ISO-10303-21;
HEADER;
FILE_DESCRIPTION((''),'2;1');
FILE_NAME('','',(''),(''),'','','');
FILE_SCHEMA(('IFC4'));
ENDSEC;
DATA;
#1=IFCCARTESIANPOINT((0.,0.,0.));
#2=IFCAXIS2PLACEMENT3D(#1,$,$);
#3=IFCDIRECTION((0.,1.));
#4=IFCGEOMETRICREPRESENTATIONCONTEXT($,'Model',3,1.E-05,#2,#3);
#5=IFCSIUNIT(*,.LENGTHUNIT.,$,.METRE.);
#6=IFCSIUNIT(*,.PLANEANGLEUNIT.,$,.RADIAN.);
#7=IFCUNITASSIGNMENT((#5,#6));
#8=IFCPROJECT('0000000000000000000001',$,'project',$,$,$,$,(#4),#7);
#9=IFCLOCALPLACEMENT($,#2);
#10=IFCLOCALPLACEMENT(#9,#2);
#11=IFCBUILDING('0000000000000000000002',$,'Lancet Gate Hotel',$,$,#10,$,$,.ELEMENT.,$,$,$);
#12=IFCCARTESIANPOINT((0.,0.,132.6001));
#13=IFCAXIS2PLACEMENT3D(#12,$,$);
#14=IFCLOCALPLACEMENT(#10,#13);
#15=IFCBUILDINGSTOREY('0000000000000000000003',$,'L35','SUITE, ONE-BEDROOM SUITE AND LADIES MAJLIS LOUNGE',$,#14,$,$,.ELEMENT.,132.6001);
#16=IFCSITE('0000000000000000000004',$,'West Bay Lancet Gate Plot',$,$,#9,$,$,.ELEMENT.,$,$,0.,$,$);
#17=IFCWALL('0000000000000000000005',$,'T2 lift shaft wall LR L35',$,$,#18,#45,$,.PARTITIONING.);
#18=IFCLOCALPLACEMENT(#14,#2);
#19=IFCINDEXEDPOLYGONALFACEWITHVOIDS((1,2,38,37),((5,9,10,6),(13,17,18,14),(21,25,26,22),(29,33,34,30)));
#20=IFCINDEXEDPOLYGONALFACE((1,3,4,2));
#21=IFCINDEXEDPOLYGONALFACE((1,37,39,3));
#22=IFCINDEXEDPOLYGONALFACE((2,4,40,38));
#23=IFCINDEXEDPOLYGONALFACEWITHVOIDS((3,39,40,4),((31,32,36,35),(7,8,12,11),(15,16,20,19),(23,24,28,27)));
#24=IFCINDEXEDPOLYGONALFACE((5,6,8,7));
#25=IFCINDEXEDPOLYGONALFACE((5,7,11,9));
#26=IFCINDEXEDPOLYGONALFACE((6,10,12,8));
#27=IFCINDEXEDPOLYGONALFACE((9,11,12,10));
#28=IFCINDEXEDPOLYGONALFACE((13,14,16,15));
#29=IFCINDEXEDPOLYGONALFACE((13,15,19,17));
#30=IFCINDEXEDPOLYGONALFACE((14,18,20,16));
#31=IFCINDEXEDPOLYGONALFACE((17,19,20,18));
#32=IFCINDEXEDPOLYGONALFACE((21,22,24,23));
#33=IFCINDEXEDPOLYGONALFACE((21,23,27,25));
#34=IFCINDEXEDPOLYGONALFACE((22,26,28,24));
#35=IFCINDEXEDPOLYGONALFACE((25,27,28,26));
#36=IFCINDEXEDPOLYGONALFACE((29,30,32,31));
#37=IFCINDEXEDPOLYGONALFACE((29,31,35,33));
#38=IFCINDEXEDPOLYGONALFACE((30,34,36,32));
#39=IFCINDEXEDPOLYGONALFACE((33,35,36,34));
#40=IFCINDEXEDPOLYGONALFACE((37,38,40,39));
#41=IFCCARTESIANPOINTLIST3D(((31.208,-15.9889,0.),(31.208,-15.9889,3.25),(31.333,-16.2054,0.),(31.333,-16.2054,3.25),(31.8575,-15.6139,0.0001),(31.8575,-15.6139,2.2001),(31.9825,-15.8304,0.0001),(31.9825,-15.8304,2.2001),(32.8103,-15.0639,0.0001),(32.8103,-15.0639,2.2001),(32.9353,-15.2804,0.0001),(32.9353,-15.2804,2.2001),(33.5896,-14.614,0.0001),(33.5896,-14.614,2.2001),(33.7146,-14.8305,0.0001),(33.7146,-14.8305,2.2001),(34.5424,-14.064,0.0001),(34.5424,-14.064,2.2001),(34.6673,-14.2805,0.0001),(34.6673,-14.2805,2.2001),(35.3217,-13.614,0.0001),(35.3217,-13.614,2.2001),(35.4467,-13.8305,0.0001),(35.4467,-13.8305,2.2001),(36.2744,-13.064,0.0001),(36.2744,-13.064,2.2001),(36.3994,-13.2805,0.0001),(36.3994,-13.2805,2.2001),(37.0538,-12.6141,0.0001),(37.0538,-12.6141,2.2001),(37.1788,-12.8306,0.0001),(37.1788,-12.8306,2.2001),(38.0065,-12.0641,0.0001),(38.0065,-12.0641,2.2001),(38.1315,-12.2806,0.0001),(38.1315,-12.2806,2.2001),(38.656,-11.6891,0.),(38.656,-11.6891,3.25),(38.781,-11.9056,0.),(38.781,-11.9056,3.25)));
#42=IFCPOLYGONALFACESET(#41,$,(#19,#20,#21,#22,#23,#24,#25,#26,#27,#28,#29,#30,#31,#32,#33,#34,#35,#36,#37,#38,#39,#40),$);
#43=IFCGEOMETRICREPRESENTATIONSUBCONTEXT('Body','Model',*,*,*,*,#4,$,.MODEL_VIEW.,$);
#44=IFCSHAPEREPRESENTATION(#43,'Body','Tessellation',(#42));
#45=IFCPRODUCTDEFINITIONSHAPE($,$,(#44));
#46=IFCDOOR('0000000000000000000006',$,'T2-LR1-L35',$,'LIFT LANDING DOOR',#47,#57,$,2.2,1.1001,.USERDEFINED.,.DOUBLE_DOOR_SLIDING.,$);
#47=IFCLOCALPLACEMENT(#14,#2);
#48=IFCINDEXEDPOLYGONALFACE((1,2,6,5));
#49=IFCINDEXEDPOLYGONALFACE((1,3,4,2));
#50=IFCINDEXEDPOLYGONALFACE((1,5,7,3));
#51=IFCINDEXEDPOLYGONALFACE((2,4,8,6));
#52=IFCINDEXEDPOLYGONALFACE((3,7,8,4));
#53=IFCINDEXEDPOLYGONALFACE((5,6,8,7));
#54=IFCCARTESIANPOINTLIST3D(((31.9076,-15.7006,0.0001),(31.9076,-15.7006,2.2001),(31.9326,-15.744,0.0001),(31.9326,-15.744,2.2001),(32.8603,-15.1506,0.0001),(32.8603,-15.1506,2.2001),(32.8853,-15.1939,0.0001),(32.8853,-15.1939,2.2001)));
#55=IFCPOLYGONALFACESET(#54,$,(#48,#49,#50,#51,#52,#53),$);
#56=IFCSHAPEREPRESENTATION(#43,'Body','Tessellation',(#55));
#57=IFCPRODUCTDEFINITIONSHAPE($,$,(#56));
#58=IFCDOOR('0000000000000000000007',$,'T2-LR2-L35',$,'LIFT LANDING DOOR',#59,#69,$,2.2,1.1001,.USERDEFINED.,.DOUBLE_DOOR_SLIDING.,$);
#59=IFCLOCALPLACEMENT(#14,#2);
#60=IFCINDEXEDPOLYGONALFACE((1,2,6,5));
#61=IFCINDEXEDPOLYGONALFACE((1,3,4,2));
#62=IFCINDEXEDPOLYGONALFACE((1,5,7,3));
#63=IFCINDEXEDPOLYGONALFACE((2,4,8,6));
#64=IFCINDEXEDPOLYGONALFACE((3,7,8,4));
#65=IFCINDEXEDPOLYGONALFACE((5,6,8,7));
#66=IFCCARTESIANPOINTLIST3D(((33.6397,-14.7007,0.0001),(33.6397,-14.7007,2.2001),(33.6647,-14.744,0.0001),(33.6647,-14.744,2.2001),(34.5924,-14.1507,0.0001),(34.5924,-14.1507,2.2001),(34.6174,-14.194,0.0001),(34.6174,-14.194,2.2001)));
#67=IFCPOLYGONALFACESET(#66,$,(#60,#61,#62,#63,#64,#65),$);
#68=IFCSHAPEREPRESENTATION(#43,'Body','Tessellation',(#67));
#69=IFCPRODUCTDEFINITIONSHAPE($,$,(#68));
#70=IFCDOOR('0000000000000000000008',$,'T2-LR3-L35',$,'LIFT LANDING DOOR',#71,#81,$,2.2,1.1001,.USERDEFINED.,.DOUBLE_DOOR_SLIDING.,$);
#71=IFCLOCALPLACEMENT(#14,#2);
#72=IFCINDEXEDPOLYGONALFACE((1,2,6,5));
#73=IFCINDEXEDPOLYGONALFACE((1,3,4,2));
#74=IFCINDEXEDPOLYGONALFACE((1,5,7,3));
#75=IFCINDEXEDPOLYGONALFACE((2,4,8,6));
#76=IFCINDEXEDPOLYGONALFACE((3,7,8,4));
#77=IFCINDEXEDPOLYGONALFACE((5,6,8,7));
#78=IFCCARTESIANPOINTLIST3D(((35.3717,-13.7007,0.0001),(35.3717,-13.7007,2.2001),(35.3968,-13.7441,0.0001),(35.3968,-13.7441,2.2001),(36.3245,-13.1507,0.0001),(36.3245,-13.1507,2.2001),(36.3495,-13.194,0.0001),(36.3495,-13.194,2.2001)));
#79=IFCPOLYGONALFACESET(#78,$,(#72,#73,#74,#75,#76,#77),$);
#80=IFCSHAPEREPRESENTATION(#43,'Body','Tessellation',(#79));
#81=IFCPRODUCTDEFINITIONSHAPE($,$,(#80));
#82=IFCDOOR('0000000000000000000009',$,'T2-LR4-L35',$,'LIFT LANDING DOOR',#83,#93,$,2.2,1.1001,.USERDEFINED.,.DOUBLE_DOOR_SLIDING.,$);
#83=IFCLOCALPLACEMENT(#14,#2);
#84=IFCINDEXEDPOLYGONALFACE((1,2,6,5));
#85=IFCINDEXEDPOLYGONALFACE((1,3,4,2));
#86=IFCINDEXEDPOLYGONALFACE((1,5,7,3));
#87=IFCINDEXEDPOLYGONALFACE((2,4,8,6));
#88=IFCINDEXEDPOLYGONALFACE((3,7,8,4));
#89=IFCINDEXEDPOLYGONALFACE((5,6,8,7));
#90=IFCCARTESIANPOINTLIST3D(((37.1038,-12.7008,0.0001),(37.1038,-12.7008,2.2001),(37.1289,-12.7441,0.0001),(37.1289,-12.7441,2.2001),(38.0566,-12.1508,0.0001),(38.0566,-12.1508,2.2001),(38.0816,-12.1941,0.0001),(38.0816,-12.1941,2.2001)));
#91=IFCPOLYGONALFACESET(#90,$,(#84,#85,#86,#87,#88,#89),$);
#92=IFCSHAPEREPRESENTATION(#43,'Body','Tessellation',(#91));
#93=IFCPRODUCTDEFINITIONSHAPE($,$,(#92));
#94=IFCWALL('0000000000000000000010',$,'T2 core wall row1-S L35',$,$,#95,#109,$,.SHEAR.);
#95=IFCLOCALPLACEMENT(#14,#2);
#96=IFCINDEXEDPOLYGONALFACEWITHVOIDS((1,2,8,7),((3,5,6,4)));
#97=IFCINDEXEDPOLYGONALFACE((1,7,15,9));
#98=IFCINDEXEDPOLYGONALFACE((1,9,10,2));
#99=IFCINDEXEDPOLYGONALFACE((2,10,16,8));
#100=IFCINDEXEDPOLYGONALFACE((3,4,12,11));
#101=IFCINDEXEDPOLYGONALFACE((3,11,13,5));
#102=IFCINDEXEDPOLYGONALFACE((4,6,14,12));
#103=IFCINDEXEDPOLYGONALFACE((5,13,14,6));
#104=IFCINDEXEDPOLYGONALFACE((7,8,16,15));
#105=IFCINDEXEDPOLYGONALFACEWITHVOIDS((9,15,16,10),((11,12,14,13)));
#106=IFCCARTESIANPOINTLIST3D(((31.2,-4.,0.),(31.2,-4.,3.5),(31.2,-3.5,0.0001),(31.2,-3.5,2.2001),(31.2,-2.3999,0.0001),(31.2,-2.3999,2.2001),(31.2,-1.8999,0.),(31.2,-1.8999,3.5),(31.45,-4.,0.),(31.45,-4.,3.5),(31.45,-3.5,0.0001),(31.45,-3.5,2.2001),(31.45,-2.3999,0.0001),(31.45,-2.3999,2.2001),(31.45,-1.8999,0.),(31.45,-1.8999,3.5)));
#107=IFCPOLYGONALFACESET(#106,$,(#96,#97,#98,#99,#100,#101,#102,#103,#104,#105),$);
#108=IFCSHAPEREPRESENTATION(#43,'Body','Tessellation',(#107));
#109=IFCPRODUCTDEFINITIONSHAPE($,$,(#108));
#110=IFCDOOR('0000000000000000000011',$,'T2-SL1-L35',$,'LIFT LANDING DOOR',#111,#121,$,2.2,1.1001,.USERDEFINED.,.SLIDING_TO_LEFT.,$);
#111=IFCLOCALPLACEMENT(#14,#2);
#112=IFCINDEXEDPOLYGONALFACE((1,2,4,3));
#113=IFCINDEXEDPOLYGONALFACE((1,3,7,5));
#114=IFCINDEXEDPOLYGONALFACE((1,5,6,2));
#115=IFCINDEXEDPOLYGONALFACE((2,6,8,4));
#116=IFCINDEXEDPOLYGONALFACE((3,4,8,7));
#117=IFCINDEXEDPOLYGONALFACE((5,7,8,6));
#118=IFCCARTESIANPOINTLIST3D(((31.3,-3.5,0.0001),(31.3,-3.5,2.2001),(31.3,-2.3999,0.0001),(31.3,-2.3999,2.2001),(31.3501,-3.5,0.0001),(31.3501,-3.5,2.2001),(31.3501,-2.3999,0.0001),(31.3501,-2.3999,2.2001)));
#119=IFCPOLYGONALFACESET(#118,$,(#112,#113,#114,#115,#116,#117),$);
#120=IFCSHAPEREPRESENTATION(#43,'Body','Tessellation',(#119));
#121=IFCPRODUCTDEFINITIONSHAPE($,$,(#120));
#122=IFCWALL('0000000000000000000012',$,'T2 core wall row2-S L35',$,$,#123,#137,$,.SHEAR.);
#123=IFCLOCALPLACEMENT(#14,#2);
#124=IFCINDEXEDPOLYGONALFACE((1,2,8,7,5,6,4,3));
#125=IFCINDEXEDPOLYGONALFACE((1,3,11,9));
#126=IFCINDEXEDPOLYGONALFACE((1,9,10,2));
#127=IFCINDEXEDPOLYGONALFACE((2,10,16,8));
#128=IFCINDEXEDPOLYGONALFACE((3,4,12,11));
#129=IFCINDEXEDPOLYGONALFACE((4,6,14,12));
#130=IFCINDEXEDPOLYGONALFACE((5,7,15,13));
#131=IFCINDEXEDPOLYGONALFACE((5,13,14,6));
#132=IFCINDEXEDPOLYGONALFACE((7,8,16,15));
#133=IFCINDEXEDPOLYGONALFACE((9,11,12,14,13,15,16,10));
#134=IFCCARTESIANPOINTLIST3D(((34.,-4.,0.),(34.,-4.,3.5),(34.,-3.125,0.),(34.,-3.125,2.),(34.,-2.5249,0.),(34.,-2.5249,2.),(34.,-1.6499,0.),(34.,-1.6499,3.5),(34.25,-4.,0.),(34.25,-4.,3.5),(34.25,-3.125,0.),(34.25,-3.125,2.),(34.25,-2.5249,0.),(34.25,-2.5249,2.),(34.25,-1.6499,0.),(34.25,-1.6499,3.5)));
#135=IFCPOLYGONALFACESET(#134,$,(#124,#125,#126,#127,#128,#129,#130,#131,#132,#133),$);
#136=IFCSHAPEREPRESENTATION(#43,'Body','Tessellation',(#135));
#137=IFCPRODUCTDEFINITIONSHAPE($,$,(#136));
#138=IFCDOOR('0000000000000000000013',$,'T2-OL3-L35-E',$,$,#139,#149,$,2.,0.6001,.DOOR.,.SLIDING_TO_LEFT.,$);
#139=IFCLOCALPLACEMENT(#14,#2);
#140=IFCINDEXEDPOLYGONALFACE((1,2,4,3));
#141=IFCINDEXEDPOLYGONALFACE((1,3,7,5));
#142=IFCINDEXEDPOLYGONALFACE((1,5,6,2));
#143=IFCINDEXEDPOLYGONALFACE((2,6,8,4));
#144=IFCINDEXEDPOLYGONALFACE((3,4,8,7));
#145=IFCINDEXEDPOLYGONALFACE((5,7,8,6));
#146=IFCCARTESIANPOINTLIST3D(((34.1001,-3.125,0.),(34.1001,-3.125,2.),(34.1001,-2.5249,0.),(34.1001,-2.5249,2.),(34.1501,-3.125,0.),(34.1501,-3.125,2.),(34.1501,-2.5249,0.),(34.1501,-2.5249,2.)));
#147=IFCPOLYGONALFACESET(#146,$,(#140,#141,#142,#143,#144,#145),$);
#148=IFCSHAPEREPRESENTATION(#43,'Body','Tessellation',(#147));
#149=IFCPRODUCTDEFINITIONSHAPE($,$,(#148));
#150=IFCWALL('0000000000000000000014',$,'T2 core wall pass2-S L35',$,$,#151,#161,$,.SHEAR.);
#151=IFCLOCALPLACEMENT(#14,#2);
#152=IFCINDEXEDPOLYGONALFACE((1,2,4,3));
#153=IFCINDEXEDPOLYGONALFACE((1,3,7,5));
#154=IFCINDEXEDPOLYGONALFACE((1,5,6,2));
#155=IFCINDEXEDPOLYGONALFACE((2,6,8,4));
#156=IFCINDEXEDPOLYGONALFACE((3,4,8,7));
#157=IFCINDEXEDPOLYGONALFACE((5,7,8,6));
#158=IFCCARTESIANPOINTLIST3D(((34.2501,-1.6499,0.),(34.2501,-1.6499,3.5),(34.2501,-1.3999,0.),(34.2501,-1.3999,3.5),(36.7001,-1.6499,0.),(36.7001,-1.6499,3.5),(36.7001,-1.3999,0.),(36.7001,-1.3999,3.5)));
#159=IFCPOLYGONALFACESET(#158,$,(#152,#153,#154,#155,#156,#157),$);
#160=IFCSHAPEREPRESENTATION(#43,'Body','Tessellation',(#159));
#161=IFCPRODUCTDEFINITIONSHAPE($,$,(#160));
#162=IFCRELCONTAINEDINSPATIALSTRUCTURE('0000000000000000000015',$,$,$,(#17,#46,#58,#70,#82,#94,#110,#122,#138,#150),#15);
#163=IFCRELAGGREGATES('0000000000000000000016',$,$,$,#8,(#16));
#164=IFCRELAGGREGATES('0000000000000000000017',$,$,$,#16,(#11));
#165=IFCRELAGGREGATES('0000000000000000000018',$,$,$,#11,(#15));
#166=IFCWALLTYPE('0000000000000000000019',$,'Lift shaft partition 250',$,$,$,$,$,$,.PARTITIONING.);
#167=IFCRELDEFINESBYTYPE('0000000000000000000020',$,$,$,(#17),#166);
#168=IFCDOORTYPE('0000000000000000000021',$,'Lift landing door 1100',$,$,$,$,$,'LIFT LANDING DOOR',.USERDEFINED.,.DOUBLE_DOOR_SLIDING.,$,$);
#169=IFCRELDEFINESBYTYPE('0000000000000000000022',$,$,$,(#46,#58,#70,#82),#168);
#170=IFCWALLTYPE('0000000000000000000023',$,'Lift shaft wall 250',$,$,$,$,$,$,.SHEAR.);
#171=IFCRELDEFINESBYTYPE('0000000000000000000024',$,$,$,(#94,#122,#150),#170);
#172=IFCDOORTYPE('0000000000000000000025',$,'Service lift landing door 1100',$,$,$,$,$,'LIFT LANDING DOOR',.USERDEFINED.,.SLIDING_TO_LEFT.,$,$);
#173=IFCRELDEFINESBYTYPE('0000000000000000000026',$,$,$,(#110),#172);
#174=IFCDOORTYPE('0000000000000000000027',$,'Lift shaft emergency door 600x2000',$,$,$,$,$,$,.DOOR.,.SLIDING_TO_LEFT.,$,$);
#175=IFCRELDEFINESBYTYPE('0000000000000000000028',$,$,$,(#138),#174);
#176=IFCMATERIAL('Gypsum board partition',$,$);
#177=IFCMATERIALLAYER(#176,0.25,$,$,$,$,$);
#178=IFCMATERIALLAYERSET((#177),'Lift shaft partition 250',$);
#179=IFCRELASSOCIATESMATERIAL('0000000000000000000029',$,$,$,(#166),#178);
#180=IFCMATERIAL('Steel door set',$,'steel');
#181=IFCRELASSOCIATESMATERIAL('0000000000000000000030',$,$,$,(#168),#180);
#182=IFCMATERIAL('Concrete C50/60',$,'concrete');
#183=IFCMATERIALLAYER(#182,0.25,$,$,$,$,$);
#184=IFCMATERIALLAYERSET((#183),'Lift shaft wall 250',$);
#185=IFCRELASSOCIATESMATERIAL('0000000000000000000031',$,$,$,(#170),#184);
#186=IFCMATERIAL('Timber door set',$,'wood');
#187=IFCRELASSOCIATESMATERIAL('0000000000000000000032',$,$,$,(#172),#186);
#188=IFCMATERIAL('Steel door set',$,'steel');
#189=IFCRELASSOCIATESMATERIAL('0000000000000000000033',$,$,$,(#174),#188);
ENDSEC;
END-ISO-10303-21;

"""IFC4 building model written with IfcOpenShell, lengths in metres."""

from ifc_helpers import new_model, si_unit, direction, frame, frame_2d, origin, place, context, subcontext, project, spatial, rectangle, extrude, material, layer, layer_set, type_object, element, fill, save


model = new_model("IFC4")

# Units and contexts
model_context = context("Model", 3, precision=1e-05, world=origin(), true_north=direction((0.0, 1.0)))
body_context = subcontext(model_context, "Body", "Model", "MODEL_VIEW")
ifc_project = project(units=[si_unit("LENGTHUNIT", "METRE"), si_unit("PLANEANGLEUNIT", "RADIAN")], contexts=[model_context])

# Site, building, storey
site_placement = place(None, origin())
site = spatial("IfcSite", under=ifc_project, at=site_placement, Name="West Bay Lancet Gate Plot", CompositionType="ELEMENT", RefElevation=0.0)
building_placement = place(site_placement, origin())
building = spatial("IfcBuilding", under=site, at=building_placement, Name="Lancet Gate Hotel", CompositionType="ELEMENT")
storey_placement = place(building_placement, frame((0.0, 0.0, 132.6001)))
storey = spatial("IfcBuildingStorey", under=building, at=storey_placement, Name="L35", Description="SUITE, ONE-BEDROOM SUITE AND LADIES MAJLIS LOUNGE", CompositionType="ELEMENT", Elevation=132.6001)

# Wall, openings, doors
ifc_material_1 = material(Name="Gypsum board partition")
ifc_layer_1 = layer(ifc_material_1, 0.25)
ifc_layer_set_1 = layer_set([ifc_layer_1], Name="Lift shaft partition 250")
wall_type_1 = type_object("IfcWallType", Name="Lift shaft partition 250", PredefinedType="PARTITIONING", material=ifc_layer_set_1)
wall_1_placement = place(storey_placement, frame((31.2705, -16.0972, 0.0), z_axis=(0.0, 0.0, 1.0), x_axis=(0.86604, 0.499974, 0.0)))
wall_1 = element("IfcWall", 1, at=wall_1_placement, inside=storey, type_object=wall_type_1, Name="T2 lift shaft wall LR L35", PredefinedType="PARTITIONING", context=body_context, shape_type="SweptSolid", body=[
    extrude(rectangle(XDim=8.6001, YDim=0.25, at=frame_2d((4.3, 0.0))), origin(), (0.0, 0.0, 1.0), 3.25),
])
opening_1_placement = place(wall_1_placement, frame((0.75, 0.0, 0.0)))
opening_1 = element("IfcOpeningElement", 2, at=opening_1_placement, cuts=wall_1, PredefinedType="OPENING", context=body_context, shape_type="SweptSolid", body=[
    extrude(rectangle(XDim=1.1001, YDim=2.2, at=frame_2d((0.55, 1.1001))), frame((0.0, 0.135, 0.0), z_axis=(0.0, -1.0, 0.0), x_axis=(1.0, 0.0, 0.0)), (0.0, 0.0, 1.0), 0.27),
])
opening_2_placement = place(wall_1_placement, frame((2.75, 0.0, 0.0)))
opening_2 = element("IfcOpeningElement", 3, at=opening_2_placement, cuts=wall_1, PredefinedType="OPENING", context=body_context, shape_type="SweptSolid", body=[
    extrude(rectangle(XDim=1.1001, YDim=2.2, at=frame_2d((0.55, 1.1001))), frame((0.0, 0.135, 0.0), z_axis=(0.0, -1.0, 0.0), x_axis=(1.0, 0.0, 0.0)), (0.0, 0.0, 1.0), 0.27),
])
opening_3_placement = place(wall_1_placement, frame((4.75, 0.0, 0.0)))
opening_3 = element("IfcOpeningElement", 4, at=opening_3_placement, cuts=wall_1, PredefinedType="OPENING", context=body_context, shape_type="SweptSolid", body=[
    extrude(rectangle(XDim=1.1001, YDim=2.2, at=frame_2d((0.55, 1.1001))), frame((0.0, 0.135, 0.0), z_axis=(0.0, -1.0, 0.0), x_axis=(1.0, 0.0, 0.0)), (0.0, 0.0, 1.0), 0.27),
])
opening_4_placement = place(wall_1_placement, frame((6.75, 0.0, 0.0)))
opening_4 = element("IfcOpeningElement", 5, at=opening_4_placement, cuts=wall_1, PredefinedType="OPENING", context=body_context, shape_type="SweptSolid", body=[
    extrude(rectangle(XDim=1.1001, YDim=2.2, at=frame_2d((0.55, 1.1001))), frame((0.0, 0.135, 0.0), z_axis=(0.0, -1.0, 0.0), x_axis=(1.0, 0.0, 0.0)), (0.0, 0.0, 1.0), 0.27),
])
ifc_material_2 = material(Name="Steel door set", Category="steel")
door_type_1 = type_object("IfcDoorType", Name="Lift landing door 1100", ElementType="LIFT LANDING DOOR", OperationType="DOUBLE_DOOR_SLIDING", PredefinedType="USERDEFINED", material=ifc_material_2)
door_1_placement = place(opening_1_placement, origin())
door_1 = element("IfcDoor", 6, at=door_1_placement, inside=storey, type_object=door_type_1, Name="T2-LR1-L35", ObjectType="LIFT LANDING DOOR", OperationType="DOUBLE_DOOR_SLIDING", OverallHeight=2.2, OverallWidth=1.1001, PredefinedType="USERDEFINED", context=body_context, shape_type="SweptSolid", body=[
    extrude(rectangle(XDim=1.1001, YDim=2.2, at=frame_2d((0.55, 1.1001))), frame((0.0, 0.0249, 0.0), z_axis=(0.0, -1.0, 0.0), x_axis=(1.0, 0.0, 0.0)), (0.0, 0.0, 1.0), 0.05),
])
fill(opening_1, door_1)
door_2_placement = place(opening_2_placement, origin())
door_2 = element("IfcDoor", 7, at=door_2_placement, inside=storey, type_object=door_type_1, Name="T2-LR2-L35", ObjectType="LIFT LANDING DOOR", OperationType="DOUBLE_DOOR_SLIDING", OverallHeight=2.2, OverallWidth=1.1001, PredefinedType="USERDEFINED", context=body_context, shape_type="SweptSolid", body=[
    extrude(rectangle(XDim=1.1001, YDim=2.2, at=frame_2d((0.55, 1.1001))), frame((0.0, 0.0249, 0.0), z_axis=(0.0, -1.0, 0.0), x_axis=(1.0, 0.0, 0.0)), (0.0, 0.0, 1.0), 0.05),
])
fill(opening_2, door_2)
door_3_placement = place(opening_3_placement, origin())
door_3 = element("IfcDoor", 8, at=door_3_placement, inside=storey, type_object=door_type_1, Name="T2-LR3-L35", ObjectType="LIFT LANDING DOOR", OperationType="DOUBLE_DOOR_SLIDING", OverallHeight=2.2, OverallWidth=1.1001, PredefinedType="USERDEFINED", context=body_context, shape_type="SweptSolid", body=[
    extrude(rectangle(XDim=1.1001, YDim=2.2, at=frame_2d((0.55, 1.1001))), frame((0.0, 0.0249, 0.0), z_axis=(0.0, -1.0, 0.0), x_axis=(1.0, 0.0, 0.0)), (0.0, 0.0, 1.0), 0.05),
])
fill(opening_3, door_3)
door_4_placement = place(opening_4_placement, origin())
door_4 = element("IfcDoor", 9, at=door_4_placement, inside=storey, type_object=door_type_1, Name="T2-LR4-L35", ObjectType="LIFT LANDING DOOR", OperationType="DOUBLE_DOOR_SLIDING", OverallHeight=2.2, OverallWidth=1.1001, PredefinedType="USERDEFINED", context=body_context, shape_type="SweptSolid", body=[
    extrude(rectangle(XDim=1.1001, YDim=2.2, at=frame_2d((0.55, 1.1001))), frame((0.0, 0.0249, 0.0), z_axis=(0.0, -1.0, 0.0), x_axis=(1.0, 0.0, 0.0)), (0.0, 0.0, 1.0), 0.05),
])
fill(opening_4, door_4)

# Walls, openings, doors
ifc_material_3 = material(Name="Concrete C50/60", Category="concrete")
ifc_layer_2 = layer(ifc_material_3, 0.25)
ifc_layer_set_2 = layer_set([ifc_layer_2], Name="Lift shaft wall 250")
wall_type_2 = type_object("IfcWallType", Name="Lift shaft wall 250", PredefinedType="SHEAR", material=ifc_layer_set_2)
wall_2_placement = place(storey_placement, frame((31.325, -4.0, 0.0), z_axis=(0.0, 0.0, 1.0), x_axis=(0.0, 1.0, 0.0)))
wall_2 = element("IfcWall", 10, at=wall_2_placement, inside=storey, type_object=wall_type_2, Name="T2 core wall row1-S L35", PredefinedType="SHEAR", context=body_context, shape_type="SweptSolid", body=[
    extrude(rectangle(XDim=2.1001, YDim=0.25, at=frame_2d((1.05, 0.0))), origin(), (0.0, 0.0, 1.0), 3.5),
])
opening_5_placement = place(wall_2_placement, frame((0.5, 0.0, 0.0)))
opening_5 = element("IfcOpeningElement", 11, at=opening_5_placement, cuts=wall_2, PredefinedType="OPENING", context=body_context, shape_type="SweptSolid", body=[
    extrude(rectangle(XDim=1.1001, YDim=2.2, at=frame_2d((0.55, 1.1001))), frame((0.0, 0.135, 0.0), z_axis=(0.0, -1.0, 0.0), x_axis=(1.0, 0.0, 0.0)), (0.0, 0.0, 1.0), 0.27),
])
ifc_material_4 = material(Name="Timber door set", Category="wood")
door_type_2 = type_object("IfcDoorType", Name="Service lift landing door 1100", ElementType="LIFT LANDING DOOR", OperationType="SLIDING_TO_LEFT", PredefinedType="USERDEFINED", material=ifc_material_4)
door_5_placement = place(opening_5_placement, origin())
door_5 = element("IfcDoor", 12, at=door_5_placement, inside=storey, type_object=door_type_2, Name="T2-SL1-L35", ObjectType="LIFT LANDING DOOR", OperationType="SLIDING_TO_LEFT", OverallHeight=2.2, OverallWidth=1.1001, PredefinedType="USERDEFINED", context=body_context, shape_type="SweptSolid", body=[
    extrude(rectangle(XDim=1.1001, YDim=2.2, at=frame_2d((0.55, 1.1001))), frame((0.0, 0.0249, 0.0), z_axis=(0.0, -1.0, 0.0), x_axis=(1.0, 0.0, 0.0)), (0.0, 0.0, 1.0), 0.05),
])
fill(opening_5, door_5)
wall_3_placement = place(storey_placement, frame((34.125, -4.0, 0.0), z_axis=(0.0, 0.0, 1.0), x_axis=(0.0, 1.0, 0.0)))
wall_3 = element("IfcWall", 13, at=wall_3_placement, inside=storey, type_object=wall_type_2, Name="T2 core wall row2-S L35", PredefinedType="SHEAR", context=body_context, shape_type="SweptSolid", body=[
    extrude(rectangle(XDim=2.3501, YDim=0.25, at=frame_2d((1.175, 0.0))), origin(), (0.0, 0.0, 1.0), 3.5),
])
opening_6_placement = place(wall_3_placement, frame((0.875, 0.0, 0.0)))
opening_6 = element("IfcOpeningElement", 14, at=opening_6_placement, cuts=wall_3, PredefinedType="OPENING", context=body_context, shape_type="SweptSolid", body=[
    extrude(rectangle(XDim=0.6001, YDim=2.0, at=frame_2d((0.3, 1.0))), frame((0.0, 0.135, 0.0), z_axis=(0.0, -1.0, 0.0), x_axis=(1.0, 0.0, 0.0)), (0.0, 0.0, 1.0), 0.27),
])
ifc_material_5 = material(Name="Steel door set", Category="steel")
door_type_3 = type_object("IfcDoorType", Name="Lift shaft emergency door 600x2000", OperationType="SLIDING_TO_LEFT", PredefinedType="DOOR", material=ifc_material_5)
door_6_placement = place(opening_6_placement, origin())
door_6 = element("IfcDoor", 15, at=door_6_placement, inside=storey, type_object=door_type_3, Name="T2-OL3-L35-E", OperationType="SLIDING_TO_LEFT", OverallHeight=2.0, OverallWidth=0.6001, PredefinedType="DOOR", context=body_context, shape_type="SweptSolid", body=[
    extrude(rectangle(XDim=0.6001, YDim=2.0, at=frame_2d((0.3, 1.0))), frame((0.0, 0.0249, 0.0), z_axis=(0.0, -1.0, 0.0), x_axis=(1.0, 0.0, 0.0)), (0.0, 0.0, 1.0), 0.05),
])
fill(opening_6, door_6)

# Wall
wall_4_placement = place(storey_placement, frame((34.25, -1.5249, 0.0), z_axis=(0.0, 0.0, 1.0), x_axis=(1.0, 0.0, 0.0)))
element("IfcWall", 16, at=wall_4_placement, inside=storey, type_object=wall_type_2, Name="T2 core wall pass2-S L35", PredefinedType="SHEAR", context=body_context, shape_type="SweptSolid", body=[
    extrude(rectangle(XDim=2.45, YDim=0.25, at=frame_2d((1.2251, 0.0))), origin(), (0.0, 0.0, 1.0), 3.5),
])

save(model, "model.ifc")
